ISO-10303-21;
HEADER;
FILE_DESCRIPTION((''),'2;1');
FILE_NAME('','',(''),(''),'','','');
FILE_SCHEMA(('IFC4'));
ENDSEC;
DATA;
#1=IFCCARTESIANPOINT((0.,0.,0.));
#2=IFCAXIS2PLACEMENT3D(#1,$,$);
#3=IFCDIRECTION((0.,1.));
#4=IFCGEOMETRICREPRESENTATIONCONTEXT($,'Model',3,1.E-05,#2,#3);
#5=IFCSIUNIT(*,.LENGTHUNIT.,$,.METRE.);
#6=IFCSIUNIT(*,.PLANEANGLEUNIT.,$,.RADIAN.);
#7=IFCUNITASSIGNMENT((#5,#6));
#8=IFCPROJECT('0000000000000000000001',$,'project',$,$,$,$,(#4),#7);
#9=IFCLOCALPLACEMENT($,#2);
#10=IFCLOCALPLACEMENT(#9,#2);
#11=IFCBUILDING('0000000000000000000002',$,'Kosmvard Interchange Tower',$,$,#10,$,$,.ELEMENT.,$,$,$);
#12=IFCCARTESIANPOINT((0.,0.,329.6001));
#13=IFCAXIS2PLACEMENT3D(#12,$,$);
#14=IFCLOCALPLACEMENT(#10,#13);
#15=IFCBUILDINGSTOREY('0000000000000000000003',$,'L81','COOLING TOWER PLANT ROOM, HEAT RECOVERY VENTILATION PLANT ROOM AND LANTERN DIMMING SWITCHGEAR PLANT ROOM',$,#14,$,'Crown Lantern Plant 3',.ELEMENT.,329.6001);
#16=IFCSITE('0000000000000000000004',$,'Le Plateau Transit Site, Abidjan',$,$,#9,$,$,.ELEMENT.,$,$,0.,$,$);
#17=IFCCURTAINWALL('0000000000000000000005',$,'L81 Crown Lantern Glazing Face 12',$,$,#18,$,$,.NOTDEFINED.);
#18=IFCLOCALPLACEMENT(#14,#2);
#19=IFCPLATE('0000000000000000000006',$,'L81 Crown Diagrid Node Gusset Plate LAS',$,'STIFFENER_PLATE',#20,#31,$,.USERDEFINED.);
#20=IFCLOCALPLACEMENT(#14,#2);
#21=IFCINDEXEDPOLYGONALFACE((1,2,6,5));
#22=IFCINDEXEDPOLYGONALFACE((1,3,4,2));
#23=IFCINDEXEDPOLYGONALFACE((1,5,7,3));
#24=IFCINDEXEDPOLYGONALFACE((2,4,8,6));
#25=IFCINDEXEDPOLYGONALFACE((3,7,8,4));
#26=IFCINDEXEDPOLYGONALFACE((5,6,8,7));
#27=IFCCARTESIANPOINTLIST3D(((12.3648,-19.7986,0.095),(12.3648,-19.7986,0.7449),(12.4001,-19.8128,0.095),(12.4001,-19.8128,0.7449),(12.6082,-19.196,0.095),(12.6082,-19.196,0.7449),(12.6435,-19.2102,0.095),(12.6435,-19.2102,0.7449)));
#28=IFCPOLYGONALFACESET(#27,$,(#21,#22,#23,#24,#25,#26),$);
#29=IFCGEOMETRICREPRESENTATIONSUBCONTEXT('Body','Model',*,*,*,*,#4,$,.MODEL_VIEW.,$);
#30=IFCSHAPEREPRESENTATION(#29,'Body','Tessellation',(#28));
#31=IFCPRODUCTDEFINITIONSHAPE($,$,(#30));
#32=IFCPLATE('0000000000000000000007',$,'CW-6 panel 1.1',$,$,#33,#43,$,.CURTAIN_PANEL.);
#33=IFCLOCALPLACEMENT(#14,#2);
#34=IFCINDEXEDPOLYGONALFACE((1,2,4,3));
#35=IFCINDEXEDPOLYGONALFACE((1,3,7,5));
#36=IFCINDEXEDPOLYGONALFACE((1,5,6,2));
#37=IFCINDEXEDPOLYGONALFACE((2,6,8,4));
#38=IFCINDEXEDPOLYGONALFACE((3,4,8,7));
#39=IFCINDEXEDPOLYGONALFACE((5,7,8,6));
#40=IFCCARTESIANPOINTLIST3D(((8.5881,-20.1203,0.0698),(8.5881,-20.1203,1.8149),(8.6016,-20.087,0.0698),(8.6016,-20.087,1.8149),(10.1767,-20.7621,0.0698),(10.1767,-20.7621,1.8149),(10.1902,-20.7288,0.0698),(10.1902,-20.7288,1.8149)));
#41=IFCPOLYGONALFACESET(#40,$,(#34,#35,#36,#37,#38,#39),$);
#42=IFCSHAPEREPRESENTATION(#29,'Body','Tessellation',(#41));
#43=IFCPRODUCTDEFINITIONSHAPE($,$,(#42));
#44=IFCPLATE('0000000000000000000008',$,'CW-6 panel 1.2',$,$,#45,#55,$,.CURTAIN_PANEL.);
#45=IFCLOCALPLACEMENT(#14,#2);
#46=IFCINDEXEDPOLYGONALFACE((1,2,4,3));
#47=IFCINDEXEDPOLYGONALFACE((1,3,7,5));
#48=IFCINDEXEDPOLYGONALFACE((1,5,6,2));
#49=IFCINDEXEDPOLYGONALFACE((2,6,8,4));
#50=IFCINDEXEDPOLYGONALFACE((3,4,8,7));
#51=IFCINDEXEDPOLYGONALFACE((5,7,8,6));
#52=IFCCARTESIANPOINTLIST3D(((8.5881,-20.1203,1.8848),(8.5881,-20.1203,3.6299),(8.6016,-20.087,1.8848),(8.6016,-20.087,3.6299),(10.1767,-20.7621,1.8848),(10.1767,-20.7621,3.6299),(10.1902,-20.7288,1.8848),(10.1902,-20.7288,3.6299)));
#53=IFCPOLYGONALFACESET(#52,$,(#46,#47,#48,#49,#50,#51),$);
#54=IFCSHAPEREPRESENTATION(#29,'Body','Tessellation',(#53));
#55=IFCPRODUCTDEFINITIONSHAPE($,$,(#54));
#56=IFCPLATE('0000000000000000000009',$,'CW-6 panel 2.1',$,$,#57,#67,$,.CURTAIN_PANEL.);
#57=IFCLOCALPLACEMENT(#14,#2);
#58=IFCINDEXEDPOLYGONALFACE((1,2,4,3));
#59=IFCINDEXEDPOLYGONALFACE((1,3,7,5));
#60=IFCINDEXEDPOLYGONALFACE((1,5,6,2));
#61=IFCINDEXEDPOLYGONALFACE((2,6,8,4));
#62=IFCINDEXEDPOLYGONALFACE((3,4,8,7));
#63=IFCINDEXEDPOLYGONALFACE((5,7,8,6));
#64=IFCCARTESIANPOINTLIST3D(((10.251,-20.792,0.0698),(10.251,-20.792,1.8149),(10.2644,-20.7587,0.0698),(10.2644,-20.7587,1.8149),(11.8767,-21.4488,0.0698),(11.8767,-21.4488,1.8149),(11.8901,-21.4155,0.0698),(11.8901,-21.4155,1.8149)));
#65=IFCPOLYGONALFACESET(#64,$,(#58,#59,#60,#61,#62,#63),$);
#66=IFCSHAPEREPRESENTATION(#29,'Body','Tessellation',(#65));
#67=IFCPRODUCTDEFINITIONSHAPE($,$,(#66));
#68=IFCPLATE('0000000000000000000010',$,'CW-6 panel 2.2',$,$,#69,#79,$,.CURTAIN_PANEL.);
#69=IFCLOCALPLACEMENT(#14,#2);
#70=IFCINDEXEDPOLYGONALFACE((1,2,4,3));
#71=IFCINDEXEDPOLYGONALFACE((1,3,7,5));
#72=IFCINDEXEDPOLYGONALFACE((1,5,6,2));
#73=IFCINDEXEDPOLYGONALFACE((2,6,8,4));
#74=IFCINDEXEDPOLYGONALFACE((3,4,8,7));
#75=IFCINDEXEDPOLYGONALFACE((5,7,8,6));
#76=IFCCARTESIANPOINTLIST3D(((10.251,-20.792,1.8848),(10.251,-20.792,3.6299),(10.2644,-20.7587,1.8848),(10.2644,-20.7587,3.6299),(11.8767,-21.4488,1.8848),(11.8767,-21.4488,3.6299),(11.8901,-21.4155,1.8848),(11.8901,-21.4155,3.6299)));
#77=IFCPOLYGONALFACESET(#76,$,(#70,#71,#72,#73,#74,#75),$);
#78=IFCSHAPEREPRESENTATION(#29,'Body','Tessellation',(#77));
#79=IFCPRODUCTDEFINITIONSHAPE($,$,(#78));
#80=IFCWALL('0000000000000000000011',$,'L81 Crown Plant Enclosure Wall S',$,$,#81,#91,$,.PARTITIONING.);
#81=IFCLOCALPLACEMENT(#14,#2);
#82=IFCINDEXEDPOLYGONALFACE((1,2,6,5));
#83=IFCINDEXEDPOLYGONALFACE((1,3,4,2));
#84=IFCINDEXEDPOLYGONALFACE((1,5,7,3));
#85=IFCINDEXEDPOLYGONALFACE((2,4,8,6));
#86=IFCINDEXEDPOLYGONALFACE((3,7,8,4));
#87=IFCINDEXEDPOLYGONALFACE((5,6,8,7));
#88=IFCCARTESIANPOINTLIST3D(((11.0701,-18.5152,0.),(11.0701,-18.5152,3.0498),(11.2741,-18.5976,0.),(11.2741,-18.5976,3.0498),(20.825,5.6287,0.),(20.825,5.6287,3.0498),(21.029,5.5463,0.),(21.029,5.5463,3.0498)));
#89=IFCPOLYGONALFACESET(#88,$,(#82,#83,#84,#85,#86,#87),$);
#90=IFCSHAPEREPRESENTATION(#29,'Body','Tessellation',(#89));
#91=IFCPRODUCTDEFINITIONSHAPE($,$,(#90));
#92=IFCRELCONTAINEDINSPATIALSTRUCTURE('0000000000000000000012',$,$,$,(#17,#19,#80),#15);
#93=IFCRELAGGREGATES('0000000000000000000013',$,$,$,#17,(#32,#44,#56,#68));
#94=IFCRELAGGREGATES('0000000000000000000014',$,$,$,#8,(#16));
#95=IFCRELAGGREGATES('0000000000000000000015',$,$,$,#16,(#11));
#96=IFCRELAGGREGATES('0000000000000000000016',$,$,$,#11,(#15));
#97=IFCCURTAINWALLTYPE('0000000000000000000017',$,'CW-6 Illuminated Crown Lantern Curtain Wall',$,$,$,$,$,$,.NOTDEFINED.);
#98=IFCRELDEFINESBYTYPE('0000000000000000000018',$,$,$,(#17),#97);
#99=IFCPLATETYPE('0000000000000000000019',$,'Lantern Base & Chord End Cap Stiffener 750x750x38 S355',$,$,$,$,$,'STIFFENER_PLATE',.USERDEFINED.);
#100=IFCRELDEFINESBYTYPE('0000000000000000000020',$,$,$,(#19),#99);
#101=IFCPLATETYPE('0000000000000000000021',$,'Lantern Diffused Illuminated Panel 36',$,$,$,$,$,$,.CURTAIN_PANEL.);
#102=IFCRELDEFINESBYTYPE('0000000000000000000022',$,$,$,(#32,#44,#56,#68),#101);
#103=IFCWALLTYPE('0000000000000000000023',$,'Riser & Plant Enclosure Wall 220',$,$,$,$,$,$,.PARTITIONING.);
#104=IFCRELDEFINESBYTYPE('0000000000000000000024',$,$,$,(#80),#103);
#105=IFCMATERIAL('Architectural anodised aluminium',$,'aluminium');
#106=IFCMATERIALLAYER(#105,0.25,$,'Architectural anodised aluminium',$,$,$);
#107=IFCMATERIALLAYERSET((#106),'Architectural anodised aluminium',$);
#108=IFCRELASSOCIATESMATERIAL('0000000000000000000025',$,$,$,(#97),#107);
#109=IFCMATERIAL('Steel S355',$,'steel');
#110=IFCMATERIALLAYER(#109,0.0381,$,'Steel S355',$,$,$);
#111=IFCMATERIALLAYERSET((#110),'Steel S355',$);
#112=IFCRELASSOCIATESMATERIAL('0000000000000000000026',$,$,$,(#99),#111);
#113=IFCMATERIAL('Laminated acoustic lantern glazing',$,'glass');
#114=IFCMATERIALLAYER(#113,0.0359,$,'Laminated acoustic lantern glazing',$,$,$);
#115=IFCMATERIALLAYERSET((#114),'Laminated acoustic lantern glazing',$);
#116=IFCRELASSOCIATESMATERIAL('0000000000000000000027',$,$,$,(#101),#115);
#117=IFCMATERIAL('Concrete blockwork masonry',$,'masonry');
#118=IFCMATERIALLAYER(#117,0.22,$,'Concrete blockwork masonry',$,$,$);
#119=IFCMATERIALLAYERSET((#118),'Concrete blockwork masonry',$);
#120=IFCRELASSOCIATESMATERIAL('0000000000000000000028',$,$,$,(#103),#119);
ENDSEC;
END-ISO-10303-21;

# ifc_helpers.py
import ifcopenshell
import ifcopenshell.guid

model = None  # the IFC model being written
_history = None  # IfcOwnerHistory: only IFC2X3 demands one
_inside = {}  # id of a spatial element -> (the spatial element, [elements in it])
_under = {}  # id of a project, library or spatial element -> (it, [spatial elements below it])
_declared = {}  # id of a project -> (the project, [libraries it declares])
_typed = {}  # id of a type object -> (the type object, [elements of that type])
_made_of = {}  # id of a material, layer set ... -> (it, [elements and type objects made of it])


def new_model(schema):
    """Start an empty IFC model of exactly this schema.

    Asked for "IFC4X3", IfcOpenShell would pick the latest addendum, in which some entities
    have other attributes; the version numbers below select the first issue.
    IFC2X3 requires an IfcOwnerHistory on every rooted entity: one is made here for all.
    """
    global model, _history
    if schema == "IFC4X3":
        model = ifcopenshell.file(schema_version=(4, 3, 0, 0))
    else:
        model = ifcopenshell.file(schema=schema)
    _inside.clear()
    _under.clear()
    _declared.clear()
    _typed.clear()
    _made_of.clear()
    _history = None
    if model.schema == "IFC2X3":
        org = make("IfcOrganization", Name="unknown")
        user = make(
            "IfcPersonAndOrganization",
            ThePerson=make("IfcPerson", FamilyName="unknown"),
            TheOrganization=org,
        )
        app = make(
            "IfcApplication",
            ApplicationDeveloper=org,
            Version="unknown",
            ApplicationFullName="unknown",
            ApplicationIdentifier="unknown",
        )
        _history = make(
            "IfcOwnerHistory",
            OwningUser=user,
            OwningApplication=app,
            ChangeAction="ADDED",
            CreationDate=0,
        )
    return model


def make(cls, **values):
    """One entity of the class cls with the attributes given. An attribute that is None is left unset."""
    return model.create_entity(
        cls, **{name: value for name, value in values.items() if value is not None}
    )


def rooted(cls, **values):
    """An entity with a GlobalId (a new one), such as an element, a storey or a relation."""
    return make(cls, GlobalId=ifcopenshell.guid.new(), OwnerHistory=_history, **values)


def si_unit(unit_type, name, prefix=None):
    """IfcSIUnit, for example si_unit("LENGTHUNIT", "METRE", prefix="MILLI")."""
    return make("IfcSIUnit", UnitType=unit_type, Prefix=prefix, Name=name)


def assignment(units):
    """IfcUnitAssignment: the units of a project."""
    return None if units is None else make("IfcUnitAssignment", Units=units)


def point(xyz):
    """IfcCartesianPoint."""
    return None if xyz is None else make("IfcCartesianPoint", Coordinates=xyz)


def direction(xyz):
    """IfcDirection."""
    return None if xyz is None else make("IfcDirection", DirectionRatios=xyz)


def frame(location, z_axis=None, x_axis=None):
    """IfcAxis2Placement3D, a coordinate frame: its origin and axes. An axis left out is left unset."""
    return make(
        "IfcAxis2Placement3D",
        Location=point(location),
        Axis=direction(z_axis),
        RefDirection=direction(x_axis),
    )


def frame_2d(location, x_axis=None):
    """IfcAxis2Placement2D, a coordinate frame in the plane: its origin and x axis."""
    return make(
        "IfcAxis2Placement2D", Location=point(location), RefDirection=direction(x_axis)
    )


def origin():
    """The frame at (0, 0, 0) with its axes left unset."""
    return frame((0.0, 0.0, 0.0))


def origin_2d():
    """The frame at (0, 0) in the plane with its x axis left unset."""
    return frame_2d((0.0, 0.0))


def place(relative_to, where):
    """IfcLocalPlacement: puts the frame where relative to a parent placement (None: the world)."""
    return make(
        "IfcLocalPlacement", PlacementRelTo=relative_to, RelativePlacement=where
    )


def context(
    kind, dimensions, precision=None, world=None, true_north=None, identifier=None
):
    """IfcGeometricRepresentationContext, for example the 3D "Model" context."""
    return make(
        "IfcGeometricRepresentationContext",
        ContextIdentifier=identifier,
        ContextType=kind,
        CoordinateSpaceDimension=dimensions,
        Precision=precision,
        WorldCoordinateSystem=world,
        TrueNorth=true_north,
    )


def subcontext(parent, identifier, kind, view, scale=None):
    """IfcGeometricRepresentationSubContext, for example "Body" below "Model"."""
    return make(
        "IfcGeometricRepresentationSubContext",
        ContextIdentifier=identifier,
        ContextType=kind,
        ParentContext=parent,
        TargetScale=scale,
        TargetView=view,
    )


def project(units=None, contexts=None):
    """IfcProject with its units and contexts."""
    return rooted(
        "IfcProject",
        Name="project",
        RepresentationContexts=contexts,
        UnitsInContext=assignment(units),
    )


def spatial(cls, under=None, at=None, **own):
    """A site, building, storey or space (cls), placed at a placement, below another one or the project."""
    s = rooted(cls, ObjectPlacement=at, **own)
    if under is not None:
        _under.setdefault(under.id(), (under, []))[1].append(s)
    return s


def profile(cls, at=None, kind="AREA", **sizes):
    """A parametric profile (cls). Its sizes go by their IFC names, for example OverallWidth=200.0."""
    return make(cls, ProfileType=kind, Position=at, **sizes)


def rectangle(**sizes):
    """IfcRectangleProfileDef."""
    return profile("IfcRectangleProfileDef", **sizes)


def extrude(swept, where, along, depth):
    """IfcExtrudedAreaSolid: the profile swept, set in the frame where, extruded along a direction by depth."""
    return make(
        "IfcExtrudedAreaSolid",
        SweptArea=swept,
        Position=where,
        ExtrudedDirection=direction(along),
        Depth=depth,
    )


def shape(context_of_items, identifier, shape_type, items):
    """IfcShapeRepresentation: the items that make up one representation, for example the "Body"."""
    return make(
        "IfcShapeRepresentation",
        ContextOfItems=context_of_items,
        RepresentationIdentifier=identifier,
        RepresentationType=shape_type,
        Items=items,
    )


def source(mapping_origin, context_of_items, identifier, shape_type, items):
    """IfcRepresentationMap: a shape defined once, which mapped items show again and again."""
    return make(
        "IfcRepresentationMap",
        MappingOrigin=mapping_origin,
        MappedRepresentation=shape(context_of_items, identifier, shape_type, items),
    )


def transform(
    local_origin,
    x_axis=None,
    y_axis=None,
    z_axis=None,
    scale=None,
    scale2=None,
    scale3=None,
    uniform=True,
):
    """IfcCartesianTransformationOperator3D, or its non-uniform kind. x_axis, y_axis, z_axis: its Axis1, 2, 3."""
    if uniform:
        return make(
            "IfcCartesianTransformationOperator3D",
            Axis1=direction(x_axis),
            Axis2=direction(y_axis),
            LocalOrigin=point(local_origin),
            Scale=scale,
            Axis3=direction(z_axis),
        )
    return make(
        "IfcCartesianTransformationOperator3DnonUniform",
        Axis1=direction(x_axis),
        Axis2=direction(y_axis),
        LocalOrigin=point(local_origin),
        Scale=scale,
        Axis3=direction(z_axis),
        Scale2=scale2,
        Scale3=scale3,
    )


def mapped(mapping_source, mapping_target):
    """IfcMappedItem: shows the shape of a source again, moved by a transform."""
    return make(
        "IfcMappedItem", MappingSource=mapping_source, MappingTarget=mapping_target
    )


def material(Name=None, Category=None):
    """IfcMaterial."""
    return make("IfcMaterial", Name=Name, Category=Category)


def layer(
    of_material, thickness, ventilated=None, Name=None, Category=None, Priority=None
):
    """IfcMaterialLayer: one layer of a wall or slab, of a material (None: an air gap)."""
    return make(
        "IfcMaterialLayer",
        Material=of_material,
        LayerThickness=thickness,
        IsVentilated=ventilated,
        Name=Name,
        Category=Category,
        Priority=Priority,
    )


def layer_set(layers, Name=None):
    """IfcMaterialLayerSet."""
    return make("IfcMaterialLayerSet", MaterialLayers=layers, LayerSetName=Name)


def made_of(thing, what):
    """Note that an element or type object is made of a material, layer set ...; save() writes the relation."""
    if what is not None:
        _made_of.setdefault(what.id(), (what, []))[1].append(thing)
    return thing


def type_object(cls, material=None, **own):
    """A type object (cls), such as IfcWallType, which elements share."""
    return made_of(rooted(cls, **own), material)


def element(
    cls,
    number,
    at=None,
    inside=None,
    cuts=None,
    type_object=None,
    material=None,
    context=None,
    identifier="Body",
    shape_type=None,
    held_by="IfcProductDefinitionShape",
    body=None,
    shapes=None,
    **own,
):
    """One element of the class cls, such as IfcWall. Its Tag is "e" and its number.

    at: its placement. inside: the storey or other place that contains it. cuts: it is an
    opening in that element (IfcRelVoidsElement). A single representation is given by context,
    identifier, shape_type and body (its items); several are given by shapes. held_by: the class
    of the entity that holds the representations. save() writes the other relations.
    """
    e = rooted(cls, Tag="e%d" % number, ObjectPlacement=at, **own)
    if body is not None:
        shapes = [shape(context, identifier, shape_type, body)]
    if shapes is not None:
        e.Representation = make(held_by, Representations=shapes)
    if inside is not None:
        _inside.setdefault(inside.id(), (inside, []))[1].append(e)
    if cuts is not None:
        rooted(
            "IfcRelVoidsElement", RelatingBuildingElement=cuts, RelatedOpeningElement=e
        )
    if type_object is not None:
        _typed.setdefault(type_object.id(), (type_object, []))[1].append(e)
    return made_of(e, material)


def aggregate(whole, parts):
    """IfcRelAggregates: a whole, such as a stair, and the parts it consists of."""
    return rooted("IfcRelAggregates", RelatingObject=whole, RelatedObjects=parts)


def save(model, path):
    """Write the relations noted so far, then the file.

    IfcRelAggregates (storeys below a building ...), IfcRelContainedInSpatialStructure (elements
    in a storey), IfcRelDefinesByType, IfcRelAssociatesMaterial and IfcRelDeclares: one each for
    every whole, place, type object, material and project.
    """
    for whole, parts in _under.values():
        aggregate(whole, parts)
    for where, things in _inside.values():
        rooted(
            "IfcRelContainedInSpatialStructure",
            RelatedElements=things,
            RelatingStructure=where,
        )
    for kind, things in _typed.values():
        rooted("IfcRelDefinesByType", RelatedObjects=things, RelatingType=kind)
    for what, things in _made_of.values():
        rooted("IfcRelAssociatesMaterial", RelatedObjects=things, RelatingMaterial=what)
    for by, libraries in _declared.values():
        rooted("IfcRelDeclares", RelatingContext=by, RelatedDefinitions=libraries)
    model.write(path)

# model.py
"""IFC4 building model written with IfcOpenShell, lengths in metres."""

from ifc_helpers import new_model, si_unit, direction, frame, frame_2d, origin, origin_2d, place, context, subcontext, project, spatial, rectangle, extrude, source, transform, mapped, material, layer, layer_set, type_object, element, aggregate, save


model = new_model("IFC4")

# Units and contexts
model_context = context("Model", 3, precision=1e-05, world=origin(), true_north=direction((0.0, 1.0)))
body_context = subcontext(model_context, "Body", "Model", "MODEL_VIEW")
ifc_project = project(units=[si_unit("LENGTHUNIT", "METRE"), si_unit("PLANEANGLEUNIT", "RADIAN")], contexts=[model_context])

# Site, building, storey
site_placement = place(None, origin())
site = spatial("IfcSite", under=ifc_project, at=site_placement, Name="Le Plateau Transit Site, Abidjan", CompositionType="ELEMENT", RefElevation=0.0)
building_placement = place(site_placement, origin())
building = spatial("IfcBuilding", under=site, at=building_placement, Name="Kosmvard Interchange Tower", CompositionType="ELEMENT")
storey_placement = place(building_placement, frame((0.0, 0.0, 329.6001)))
storey = spatial("IfcBuildingStorey", under=building, at=storey_placement, Name="L81", Description="COOLING TOWER PLANT ROOM, HEAT RECOVERY VENTILATION PLANT ROOM AND LANTERN DIMMING SWITCHGEAR PLANT ROOM", LongName="Crown Lantern Plant 3", CompositionType="ELEMENT", Elevation=329.6001)

# Shared definitions
ifc_material_1 = material(Name="Steel S355", Category="steel")

# Shared definitions
ifc_material_2 = material(Name="Architectural anodised aluminium", Category="aluminium")
ifc_layer_1 = layer(ifc_material_2, 0.25, Name="Architectural anodised aluminium")
ifc_layer_set_1 = layer_set([ifc_layer_1], Name="Architectural anodised aluminium")
curtain_wall_type = type_object("IfcCurtainWallType", Name="CW-6 Illuminated Crown Lantern Curtain Wall", PredefinedType="NOTDEFINED", material=ifc_layer_set_1)

# Curtain wall
curtain_wall_1_placement = place(storey_placement, origin())
curtain_wall_1 = element("IfcCurtainWall", 1, at=curtain_wall_1_placement, inside=storey, type_object=curtain_wall_type, Name="L81 Crown Lantern Glazing Face 12", PredefinedType="NOTDEFINED")

# Plates
ifc_layer_2 = layer(ifc_material_1, 0.0381, Name="Steel S355")
ifc_layer_set_2 = layer_set([ifc_layer_2], Name="Steel S355")
plate_type_1 = type_object("IfcPlateType", Name="Lantern Base & Chord End Cap Stiffener 750x750x38 S355", ElementType="STIFFENER_PLATE", PredefinedType="USERDEFINED", material=ifc_layer_set_2)
shared_shape_1 = source(origin(), body_context, "Body", "SweptSolid", [
    extrude(rectangle(XDim=0.6499, YDim=0.0381, at=origin_2d()), origin(), (0.0, 0.0, 1.0), 0.6499),
])
plate_1_placement = place(storey_placement, frame((12.5042, -19.5044, 0.095), z_axis=(0.0, 0.0, 1.0), x_axis=(0.374607, 0.927184, 0.0)))
element("IfcPlate", 2, at=plate_1_placement, inside=storey, type_object=plate_type_1, Name="L81 Crown Diagrid Node Gusset Plate LAS", ObjectType="STIFFENER_PLATE", PredefinedType="USERDEFINED", context=body_context, shape_type="MappedRepresentation", body=[
    mapped(shared_shape_1, transform((0.0, 0.0, 0.0), scale=1.0)),
])
ifc_material_3 = material(Name="Laminated acoustic lantern glazing", Category="glass")
ifc_layer_3 = layer(ifc_material_3, 0.0359, Name="Laminated acoustic lantern glazing")
ifc_layer_set_3 = layer_set([ifc_layer_3], Name="Laminated acoustic lantern glazing")
plate_type_2 = type_object("IfcPlateType", Name="Lantern Diffused Illuminated Panel 36", PredefinedType="CURTAIN_PANEL", material=ifc_layer_set_3)
shared_shape_2 = source(origin(), body_context, "Body", "SweptSolid", [
    extrude(rectangle(XDim=1.7134, YDim=0.0359, at=origin_2d()), origin(), (0.0, 0.0, 1.0), 1.7451),
])
plate_2_placement = place(storey_placement, frame((9.3892, -20.4246, 0.0698), z_axis=(0.0, 0.0, 1.0), x_axis=(0.927184, -0.374607, 0.0)))
plate_2 = element("IfcPlate", 3, at=plate_2_placement, type_object=plate_type_2, Name="CW-6 panel 1.1", PredefinedType="CURTAIN_PANEL", context=body_context, shape_type="MappedRepresentation", body=[
    mapped(shared_shape_2, transform((0.0, 0.0, 0.0), scale=1.0)),
])
plate_3_placement = place(storey_placement, frame((9.3892, -20.4246, 1.8848), z_axis=(0.0, 0.0, 1.0), x_axis=(0.927184, -0.374607, 0.0)))
plate_3 = element("IfcPlate", 4, at=plate_3_placement, type_object=plate_type_2, Name="CW-6 panel 1.2", PredefinedType="CURTAIN_PANEL", context=body_context, shape_type="MappedRepresentation", body=[
    mapped(shared_shape_2, transform((0.0, 0.0, 0.0), scale=1.0)),
])
shared_shape_3 = source(origin(), body_context, "Body", "SweptSolid", [
    extrude(rectangle(XDim=1.7534, YDim=0.0359, at=origin_2d()), origin(), (0.0, 0.0, 1.0), 1.7451),
])
plate_4_placement = place(storey_placement, frame((11.0706, -21.1038, 0.0698), z_axis=(0.0, 0.0, 1.0), x_axis=(0.927184, -0.374607, 0.0)))
plate_4 = element("IfcPlate", 5, at=plate_4_placement, type_object=plate_type_2, Name="CW-6 panel 2.1", PredefinedType="CURTAIN_PANEL", context=body_context, shape_type="MappedRepresentation", body=[
    mapped(shared_shape_3, transform((0.0, 0.0, 0.0), scale=1.0)),
])
plate_5_placement = place(storey_placement, frame((11.0706, -21.1038, 1.8848), z_axis=(0.0, 0.0, 1.0), x_axis=(0.927184, -0.374607, 0.0)))
plate_5 = element("IfcPlate", 6, at=plate_5_placement, type_object=plate_type_2, Name="CW-6 panel 2.2", PredefinedType="CURTAIN_PANEL", context=body_context, shape_type="MappedRepresentation", body=[
    mapped(shared_shape_3, transform((0.0, 0.0, 0.0), scale=1.0)),
])
aggregate(curtain_wall_1, [plate_2, plate_3, plate_4, plate_5])

# Wall
ifc_material_4 = material(Name="Concrete blockwork masonry", Category="masonry")
ifc_layer_4 = layer(ifc_material_4, 0.22, Name="Concrete blockwork masonry")
ifc_layer_set_4 = layer_set([ifc_layer_4], Name="Concrete blockwork masonry")
wall_type = type_object("IfcWallType", Name="Riser & Plant Enclosure Wall 220", PredefinedType="PARTITIONING", material=ifc_layer_set_4)
wall_placement = place(storey_placement, frame((11.1721, -18.5564, 0.0), z_axis=(0.0, 0.0, 1.0), x_axis=(0.374612, 0.927182, 0.0)))
element("IfcWall", 7, at=wall_placement, inside=storey, type_object=wall_type, Name="L81 Crown Plant Enclosure Wall S", PredefinedType="PARTITIONING", context=body_context, shape_type="SweptSolid", body=[
    extrude(rectangle(XDim=26.04, YDim=0.22, at=frame_2d((13.02, 0.0))), origin(), (0.0, 0.0, 1.0), 3.0498),
])

save(model, "model.ifc")
